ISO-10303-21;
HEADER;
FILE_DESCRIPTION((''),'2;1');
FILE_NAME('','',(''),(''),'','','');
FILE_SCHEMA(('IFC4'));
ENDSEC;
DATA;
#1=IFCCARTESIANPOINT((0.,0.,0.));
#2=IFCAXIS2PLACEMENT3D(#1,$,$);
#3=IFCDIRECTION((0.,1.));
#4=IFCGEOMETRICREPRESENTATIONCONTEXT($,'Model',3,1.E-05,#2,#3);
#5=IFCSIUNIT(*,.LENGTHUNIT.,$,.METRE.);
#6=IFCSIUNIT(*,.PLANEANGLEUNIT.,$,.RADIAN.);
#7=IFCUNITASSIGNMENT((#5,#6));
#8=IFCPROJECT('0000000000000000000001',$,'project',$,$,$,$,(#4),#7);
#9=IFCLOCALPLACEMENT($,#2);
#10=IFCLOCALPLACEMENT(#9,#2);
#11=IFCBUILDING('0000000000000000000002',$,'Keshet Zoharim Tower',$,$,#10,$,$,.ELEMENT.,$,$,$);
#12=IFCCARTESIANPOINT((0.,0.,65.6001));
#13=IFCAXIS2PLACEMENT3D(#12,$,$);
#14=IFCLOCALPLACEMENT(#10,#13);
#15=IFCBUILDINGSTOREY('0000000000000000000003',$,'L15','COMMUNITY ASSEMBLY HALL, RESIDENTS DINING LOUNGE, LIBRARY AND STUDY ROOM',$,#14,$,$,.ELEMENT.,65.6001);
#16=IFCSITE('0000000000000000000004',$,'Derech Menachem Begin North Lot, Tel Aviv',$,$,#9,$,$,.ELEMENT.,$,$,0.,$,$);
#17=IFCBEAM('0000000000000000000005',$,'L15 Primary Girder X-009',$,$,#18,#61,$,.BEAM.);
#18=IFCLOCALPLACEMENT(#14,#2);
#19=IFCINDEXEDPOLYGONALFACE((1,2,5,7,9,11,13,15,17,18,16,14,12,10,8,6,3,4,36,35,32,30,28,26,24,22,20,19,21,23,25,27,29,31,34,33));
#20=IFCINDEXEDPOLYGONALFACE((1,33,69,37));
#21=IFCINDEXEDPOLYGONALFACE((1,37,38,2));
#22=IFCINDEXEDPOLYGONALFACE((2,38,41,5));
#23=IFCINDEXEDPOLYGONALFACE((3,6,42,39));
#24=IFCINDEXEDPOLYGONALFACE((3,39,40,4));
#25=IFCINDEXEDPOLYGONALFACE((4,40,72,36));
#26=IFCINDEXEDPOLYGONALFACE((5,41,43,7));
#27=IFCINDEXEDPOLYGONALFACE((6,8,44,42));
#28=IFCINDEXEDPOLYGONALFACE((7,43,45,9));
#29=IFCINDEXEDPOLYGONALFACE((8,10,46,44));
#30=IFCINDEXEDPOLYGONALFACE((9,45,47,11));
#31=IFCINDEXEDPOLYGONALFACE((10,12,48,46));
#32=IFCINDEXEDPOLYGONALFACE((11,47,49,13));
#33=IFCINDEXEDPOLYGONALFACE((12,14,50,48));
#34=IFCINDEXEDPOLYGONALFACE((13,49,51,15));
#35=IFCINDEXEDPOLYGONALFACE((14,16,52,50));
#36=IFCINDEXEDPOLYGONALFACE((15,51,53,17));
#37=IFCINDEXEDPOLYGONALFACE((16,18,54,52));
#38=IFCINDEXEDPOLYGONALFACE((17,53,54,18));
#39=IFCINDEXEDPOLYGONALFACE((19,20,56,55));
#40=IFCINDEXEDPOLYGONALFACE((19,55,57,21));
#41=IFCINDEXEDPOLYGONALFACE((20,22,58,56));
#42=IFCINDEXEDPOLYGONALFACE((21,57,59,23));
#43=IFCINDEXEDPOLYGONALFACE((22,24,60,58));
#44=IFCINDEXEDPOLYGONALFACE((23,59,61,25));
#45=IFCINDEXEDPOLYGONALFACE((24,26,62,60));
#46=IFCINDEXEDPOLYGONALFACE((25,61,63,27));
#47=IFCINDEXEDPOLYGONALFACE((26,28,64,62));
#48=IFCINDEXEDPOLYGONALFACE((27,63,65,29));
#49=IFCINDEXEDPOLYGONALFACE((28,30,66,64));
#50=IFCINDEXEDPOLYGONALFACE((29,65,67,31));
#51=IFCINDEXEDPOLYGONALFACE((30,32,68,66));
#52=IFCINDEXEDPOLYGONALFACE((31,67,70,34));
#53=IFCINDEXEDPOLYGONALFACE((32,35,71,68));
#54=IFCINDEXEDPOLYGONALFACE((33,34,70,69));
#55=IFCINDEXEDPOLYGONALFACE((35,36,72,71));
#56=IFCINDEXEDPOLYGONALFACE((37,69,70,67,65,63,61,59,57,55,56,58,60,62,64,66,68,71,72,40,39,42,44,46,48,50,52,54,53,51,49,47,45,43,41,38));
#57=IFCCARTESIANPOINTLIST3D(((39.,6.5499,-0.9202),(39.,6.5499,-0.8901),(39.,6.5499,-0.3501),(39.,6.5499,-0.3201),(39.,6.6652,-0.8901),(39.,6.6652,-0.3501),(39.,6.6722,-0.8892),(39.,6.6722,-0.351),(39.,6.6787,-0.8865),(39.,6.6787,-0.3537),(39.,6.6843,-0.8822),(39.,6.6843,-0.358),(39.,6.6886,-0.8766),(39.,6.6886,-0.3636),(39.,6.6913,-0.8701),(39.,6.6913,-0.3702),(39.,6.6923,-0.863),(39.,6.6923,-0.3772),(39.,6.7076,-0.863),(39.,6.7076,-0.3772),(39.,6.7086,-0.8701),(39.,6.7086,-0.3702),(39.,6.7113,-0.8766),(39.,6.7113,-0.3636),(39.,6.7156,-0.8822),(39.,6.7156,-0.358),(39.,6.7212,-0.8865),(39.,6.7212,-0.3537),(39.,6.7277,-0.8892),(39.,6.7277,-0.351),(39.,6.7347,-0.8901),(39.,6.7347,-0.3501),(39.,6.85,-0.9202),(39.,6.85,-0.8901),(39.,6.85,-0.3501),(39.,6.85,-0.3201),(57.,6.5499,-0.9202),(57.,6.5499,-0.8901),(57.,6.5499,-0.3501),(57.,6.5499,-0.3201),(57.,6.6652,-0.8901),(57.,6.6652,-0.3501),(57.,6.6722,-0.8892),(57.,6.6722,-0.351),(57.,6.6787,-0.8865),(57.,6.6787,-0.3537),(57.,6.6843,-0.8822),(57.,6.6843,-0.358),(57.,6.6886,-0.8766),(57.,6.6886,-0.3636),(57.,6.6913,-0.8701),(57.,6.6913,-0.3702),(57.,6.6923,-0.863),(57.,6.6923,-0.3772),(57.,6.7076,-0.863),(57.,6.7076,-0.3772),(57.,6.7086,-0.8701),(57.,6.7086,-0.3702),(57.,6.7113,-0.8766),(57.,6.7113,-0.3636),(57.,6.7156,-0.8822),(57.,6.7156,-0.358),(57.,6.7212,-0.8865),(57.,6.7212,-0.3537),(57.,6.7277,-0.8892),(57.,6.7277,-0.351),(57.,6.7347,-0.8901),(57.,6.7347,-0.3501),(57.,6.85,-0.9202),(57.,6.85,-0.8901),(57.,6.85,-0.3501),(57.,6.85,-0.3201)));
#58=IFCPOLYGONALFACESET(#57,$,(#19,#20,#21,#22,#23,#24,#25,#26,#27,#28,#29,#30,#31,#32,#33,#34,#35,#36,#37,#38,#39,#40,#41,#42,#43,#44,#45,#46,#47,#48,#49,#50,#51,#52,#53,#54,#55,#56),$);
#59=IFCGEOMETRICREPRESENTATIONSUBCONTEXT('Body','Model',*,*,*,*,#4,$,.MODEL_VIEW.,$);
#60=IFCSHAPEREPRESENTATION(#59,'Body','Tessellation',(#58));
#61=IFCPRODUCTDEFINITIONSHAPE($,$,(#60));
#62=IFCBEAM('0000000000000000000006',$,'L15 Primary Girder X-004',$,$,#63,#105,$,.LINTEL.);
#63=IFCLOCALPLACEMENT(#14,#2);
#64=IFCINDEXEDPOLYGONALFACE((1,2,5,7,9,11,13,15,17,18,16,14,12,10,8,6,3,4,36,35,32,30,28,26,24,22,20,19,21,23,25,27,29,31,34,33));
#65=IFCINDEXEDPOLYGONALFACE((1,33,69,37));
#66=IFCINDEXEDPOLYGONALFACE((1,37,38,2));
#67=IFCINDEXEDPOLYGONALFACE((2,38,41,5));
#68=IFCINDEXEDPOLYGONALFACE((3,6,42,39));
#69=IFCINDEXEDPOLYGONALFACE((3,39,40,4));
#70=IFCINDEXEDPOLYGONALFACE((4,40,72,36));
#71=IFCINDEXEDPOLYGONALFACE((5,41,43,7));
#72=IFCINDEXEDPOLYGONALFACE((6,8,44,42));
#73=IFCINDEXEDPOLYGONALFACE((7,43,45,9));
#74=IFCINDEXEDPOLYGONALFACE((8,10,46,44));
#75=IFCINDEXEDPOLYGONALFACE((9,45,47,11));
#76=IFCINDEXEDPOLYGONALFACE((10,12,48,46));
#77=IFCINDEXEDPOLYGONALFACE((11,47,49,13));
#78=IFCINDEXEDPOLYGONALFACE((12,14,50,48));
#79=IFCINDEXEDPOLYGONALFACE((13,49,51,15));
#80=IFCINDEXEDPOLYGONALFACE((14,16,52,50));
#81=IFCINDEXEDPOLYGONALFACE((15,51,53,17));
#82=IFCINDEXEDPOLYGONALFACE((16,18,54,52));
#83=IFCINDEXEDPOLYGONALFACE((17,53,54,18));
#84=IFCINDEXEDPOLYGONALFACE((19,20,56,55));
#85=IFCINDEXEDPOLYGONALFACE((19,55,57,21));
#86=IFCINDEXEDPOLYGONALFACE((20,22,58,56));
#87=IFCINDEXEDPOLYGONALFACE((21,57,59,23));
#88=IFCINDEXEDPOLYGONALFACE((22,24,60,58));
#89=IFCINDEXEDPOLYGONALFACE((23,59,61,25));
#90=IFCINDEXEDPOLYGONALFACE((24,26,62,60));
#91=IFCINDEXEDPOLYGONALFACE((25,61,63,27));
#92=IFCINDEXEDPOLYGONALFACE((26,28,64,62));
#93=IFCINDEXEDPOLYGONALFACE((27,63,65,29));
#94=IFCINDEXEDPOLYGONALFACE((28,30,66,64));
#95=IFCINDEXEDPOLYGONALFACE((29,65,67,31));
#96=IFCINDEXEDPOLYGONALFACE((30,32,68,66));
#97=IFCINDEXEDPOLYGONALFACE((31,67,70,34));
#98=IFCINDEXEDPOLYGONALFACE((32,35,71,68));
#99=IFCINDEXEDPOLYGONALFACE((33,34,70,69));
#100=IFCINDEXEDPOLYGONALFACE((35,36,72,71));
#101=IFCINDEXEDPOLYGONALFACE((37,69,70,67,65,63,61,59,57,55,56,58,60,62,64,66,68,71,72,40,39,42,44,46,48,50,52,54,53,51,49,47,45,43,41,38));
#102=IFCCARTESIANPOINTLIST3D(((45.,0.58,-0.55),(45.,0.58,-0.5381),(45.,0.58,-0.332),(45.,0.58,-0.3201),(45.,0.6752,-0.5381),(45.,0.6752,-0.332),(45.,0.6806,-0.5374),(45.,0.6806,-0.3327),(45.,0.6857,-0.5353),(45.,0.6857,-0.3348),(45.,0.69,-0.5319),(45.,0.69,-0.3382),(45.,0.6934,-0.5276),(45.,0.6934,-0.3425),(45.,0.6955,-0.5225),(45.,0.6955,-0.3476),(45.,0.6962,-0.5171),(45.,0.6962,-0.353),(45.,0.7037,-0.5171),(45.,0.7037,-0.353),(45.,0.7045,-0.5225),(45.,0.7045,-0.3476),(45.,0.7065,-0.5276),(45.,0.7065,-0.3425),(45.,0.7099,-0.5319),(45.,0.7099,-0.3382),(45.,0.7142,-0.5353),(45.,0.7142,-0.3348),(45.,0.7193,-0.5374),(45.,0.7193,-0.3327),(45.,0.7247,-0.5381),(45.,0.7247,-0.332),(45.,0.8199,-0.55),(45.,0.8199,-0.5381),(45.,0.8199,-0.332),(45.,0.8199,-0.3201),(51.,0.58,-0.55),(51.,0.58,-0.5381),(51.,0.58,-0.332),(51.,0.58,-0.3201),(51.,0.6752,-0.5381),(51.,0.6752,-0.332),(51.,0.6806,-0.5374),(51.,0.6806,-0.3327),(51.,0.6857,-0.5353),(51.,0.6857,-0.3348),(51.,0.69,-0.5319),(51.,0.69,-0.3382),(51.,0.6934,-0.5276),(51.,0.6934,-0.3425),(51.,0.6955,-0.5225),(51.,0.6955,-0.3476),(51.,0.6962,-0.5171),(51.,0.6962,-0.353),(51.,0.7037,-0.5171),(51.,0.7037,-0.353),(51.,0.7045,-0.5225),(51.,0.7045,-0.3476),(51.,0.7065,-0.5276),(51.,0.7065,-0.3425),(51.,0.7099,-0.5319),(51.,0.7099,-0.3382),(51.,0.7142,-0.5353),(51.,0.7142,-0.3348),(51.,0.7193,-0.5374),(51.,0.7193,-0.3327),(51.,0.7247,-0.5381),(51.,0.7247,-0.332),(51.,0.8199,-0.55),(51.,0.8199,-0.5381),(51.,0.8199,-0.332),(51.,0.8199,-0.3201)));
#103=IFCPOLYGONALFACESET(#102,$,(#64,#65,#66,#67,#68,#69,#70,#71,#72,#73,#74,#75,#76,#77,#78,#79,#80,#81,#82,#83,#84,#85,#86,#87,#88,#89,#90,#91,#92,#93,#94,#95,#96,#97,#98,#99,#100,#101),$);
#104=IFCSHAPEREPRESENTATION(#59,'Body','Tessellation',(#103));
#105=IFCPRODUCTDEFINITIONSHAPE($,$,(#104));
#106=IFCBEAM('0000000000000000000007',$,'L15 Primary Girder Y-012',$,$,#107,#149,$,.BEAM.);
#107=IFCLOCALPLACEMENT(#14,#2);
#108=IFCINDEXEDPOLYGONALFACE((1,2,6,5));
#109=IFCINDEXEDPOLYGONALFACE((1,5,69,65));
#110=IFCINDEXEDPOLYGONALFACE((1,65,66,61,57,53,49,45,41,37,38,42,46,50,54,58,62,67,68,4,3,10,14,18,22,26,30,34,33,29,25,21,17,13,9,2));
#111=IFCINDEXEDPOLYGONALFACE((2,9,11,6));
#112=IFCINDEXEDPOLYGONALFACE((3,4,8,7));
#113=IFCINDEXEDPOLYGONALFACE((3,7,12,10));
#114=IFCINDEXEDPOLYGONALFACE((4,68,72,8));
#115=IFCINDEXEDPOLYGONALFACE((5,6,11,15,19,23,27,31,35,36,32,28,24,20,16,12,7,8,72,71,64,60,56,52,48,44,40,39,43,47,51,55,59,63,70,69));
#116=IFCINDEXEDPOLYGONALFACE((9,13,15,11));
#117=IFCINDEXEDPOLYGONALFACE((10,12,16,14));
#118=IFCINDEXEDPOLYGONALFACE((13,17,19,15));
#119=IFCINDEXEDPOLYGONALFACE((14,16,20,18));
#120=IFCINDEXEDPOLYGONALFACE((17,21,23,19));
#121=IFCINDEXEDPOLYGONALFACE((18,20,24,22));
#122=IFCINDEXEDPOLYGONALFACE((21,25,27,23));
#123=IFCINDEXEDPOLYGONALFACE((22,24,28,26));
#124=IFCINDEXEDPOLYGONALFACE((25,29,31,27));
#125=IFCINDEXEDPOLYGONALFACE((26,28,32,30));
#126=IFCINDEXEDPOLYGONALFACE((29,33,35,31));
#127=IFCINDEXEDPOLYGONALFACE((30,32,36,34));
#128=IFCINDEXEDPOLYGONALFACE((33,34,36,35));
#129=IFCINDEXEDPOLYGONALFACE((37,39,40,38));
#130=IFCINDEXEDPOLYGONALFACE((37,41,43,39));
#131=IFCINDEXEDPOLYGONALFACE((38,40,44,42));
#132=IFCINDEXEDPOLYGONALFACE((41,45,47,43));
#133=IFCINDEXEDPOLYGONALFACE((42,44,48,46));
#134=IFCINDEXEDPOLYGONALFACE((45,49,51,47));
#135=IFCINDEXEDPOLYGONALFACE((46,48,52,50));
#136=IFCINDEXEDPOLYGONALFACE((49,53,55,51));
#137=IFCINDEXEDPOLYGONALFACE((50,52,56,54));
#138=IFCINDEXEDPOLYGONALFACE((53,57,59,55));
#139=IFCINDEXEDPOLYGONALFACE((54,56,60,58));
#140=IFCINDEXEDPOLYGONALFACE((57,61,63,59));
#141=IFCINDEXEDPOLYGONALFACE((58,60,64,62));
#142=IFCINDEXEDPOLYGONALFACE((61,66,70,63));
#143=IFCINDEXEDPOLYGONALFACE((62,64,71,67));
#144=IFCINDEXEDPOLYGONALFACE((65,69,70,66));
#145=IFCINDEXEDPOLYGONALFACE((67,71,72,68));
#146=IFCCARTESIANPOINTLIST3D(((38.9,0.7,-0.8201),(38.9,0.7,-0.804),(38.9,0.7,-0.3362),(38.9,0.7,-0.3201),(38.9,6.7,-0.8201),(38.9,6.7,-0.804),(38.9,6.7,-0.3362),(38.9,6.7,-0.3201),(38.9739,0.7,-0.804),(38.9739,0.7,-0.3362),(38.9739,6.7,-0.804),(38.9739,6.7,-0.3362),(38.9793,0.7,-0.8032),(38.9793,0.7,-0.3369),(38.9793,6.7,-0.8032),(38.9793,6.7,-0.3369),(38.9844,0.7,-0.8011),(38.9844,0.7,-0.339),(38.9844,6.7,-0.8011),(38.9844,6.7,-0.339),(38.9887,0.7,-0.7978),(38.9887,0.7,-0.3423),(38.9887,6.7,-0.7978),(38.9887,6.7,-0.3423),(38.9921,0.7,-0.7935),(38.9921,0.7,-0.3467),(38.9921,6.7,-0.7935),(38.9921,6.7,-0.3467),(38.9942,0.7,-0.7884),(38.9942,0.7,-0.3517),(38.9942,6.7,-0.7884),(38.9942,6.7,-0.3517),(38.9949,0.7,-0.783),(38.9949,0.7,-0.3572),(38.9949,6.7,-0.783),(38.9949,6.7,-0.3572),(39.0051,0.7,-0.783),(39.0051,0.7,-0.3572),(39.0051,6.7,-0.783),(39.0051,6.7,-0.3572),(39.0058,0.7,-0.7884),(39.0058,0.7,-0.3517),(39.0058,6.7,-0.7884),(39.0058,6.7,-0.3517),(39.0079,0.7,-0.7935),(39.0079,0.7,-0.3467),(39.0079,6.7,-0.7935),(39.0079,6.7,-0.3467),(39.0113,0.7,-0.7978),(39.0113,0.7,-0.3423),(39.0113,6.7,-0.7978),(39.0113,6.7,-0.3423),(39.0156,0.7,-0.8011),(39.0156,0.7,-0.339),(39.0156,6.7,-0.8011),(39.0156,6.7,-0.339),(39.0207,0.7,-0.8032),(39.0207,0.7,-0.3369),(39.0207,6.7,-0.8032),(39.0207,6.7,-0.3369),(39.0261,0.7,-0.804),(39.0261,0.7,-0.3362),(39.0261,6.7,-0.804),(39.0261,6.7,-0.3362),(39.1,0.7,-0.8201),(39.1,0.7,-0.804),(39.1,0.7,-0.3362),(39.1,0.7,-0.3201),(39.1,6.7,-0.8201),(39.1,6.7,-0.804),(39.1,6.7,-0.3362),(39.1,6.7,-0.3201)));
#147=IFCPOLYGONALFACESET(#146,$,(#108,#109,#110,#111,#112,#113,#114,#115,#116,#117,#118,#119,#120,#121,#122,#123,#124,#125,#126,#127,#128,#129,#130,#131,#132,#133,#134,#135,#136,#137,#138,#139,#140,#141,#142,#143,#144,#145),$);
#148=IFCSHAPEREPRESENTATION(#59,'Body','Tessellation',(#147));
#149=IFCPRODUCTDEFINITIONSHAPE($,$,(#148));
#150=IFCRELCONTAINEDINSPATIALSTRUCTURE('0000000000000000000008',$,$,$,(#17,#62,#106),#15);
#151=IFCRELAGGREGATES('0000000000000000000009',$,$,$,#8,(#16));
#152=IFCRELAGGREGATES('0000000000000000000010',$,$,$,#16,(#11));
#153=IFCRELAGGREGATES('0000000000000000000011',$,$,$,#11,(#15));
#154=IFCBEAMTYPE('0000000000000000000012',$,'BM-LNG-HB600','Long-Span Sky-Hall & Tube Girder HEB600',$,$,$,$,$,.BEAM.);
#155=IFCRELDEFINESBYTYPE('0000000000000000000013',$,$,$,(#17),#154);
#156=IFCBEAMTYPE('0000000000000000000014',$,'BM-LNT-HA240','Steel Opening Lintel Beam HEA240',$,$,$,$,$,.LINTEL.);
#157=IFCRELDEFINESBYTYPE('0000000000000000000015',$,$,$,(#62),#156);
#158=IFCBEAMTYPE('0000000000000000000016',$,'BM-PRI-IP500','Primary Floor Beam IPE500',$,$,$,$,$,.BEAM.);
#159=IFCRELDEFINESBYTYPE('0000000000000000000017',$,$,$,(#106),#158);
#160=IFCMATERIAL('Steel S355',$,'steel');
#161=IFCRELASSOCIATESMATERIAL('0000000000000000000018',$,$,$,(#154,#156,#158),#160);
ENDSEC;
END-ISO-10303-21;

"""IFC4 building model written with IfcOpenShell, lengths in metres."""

from ifc_helpers import new_model, si_unit, direction, frame, origin, origin_2d, place, context, subcontext, project, spatial, i_section, extrude, material, material_profile, profile_set, type_object, element, save


model = new_model("IFC4")

# Units and contexts
model_context = context("Model", 3, precision=1e-05, world=origin(), true_north=direction((0.0, 1.0)))
body_context = subcontext(model_context, "Body", "Model", "MODEL_VIEW")
ifc_project = project(units=[si_unit("LENGTHUNIT", "METRE"), si_unit("PLANEANGLEUNIT", "RADIAN")], contexts=[model_context])

# Site, building, storey
site_placement = place(None, origin())
site = spatial("IfcSite", under=ifc_project, at=site_placement, Name="Derech Menachem Begin North Lot, Tel Aviv", CompositionType="ELEMENT", RefElevation=0.0)
building_placement = place(site_placement, origin())
building = spatial("IfcBuilding", under=site, at=building_placement, Name="Keshet Zoharim Tower", CompositionType="ELEMENT")
storey_placement = place(building_placement, frame((0.0, 0.0, 65.6001)))
storey = spatial("IfcBuildingStorey", under=building, at=storey_placement, Name="L15", Description="COMMUNITY ASSEMBLY HALL, RESIDENTS DINING LOUNGE, LIBRARY AND STUDY ROOM", CompositionType="ELEMENT", Elevation=65.6001)

# Shared definitions
ifc_material_1 = material(Name="Steel S355", Category="steel")

# Beams
ifc_material_profile_1 = material_profile(ifc_material_1, i_section(OverallWidth=0.3, OverallDepth=0.6001, WebThickness=0.0154, FlangeThickness=0.03, FilletRadius=0.0271, at=origin_2d()), Name="HEB600")
ifc_profile_set_1 = profile_set([ifc_material_profile_1], Name="Steel S355")
beam_type_1 = type_object("IfcBeamType", Name="BM-LNG-HB600", Description="Long-Span Sky-Hall & Tube Girder HEB600", PredefinedType="BEAM", material=ifc_profile_set_1)
beam_1_placement = place(storey_placement, frame((39.0, 6.7, -0.6201), z_axis=(1.0, 0.0, 0.0), x_axis=(0.0, 1.0, 0.0)))
element("IfcBeam", 1, at=beam_1_placement, inside=storey, type_object=beam_type_1, Name="L15 Primary Girder X-009", PredefinedType="BEAM", context=body_context, shape_type="SweptSolid", body=[
    extrude(i_section(OverallWidth=0.3, OverallDepth=0.6001, WebThickness=0.0154, FlangeThickness=0.03, FilletRadius=0.0271, at=origin_2d()), origin(), (0.0, 0.0, 1.0), 18.0),
])
ifc_material_profile_2 = material_profile(ifc_material_1, i_section(OverallWidth=0.24, OverallDepth=0.23, WebThickness=0.0076, FlangeThickness=0.012, FilletRadius=0.021, at=origin_2d()), Name="HEA240")
ifc_profile_set_2 = profile_set([ifc_material_profile_2], Name="Steel S355")
beam_type_2 = type_object("IfcBeamType", Name="BM-LNT-HA240", Description="Steel Opening Lintel Beam HEA240", PredefinedType="LINTEL", material=ifc_profile_set_2)
beam_2_placement = place(storey_placement, frame((45.0, 0.7, -0.4351), z_axis=(1.0, 0.0, 0.0), x_axis=(0.0, 1.0, 0.0)))
element("IfcBeam", 2, at=beam_2_placement, inside=storey, type_object=beam_type_2, Name="L15 Primary Girder X-004", PredefinedType="LINTEL", context=body_context, shape_type="SweptSolid", body=[
    extrude(i_section(OverallWidth=0.24, OverallDepth=0.23, WebThickness=0.0076, FlangeThickness=0.012, FilletRadius=0.021, at=origin_2d()), origin(), (0.0, 0.0, 1.0), 6.0),
])
ifc_material_profile_3 = material_profile(ifc_material_1, i_section(OverallWidth=0.2, OverallDepth=0.5, WebThickness=0.0103, FlangeThickness=0.0161, FilletRadius=0.021, at=origin_2d()), Name="IPE500")
ifc_profile_set_3 = profile_set([ifc_material_profile_3], Name="Steel S355")
beam_type_3 = type_object("IfcBeamType", Name="BM-PRI-IP500", Description="Primary Floor Beam IPE500", PredefinedType="BEAM", material=ifc_profile_set_3)
beam_3_placement = place(storey_placement, frame((39.0, 0.7, -0.5701), z_axis=(0.0, 1.0, 0.0), x_axis=(-1.0, 0.0, 0.0)))
element("IfcBeam", 3, at=beam_3_placement, inside=storey, type_object=beam_type_3, Name="L15 Primary Girder Y-012", PredefinedType="BEAM", context=body_context, shape_type="SweptSolid", body=[
    extrude(i_section(OverallWidth=0.2, OverallDepth=0.5, WebThickness=0.0103, FlangeThickness=0.0161, FilletRadius=0.021, at=origin_2d()), origin(), (0.0, 0.0, 1.0), 6.0),
])

save(model, "model.ifc")
